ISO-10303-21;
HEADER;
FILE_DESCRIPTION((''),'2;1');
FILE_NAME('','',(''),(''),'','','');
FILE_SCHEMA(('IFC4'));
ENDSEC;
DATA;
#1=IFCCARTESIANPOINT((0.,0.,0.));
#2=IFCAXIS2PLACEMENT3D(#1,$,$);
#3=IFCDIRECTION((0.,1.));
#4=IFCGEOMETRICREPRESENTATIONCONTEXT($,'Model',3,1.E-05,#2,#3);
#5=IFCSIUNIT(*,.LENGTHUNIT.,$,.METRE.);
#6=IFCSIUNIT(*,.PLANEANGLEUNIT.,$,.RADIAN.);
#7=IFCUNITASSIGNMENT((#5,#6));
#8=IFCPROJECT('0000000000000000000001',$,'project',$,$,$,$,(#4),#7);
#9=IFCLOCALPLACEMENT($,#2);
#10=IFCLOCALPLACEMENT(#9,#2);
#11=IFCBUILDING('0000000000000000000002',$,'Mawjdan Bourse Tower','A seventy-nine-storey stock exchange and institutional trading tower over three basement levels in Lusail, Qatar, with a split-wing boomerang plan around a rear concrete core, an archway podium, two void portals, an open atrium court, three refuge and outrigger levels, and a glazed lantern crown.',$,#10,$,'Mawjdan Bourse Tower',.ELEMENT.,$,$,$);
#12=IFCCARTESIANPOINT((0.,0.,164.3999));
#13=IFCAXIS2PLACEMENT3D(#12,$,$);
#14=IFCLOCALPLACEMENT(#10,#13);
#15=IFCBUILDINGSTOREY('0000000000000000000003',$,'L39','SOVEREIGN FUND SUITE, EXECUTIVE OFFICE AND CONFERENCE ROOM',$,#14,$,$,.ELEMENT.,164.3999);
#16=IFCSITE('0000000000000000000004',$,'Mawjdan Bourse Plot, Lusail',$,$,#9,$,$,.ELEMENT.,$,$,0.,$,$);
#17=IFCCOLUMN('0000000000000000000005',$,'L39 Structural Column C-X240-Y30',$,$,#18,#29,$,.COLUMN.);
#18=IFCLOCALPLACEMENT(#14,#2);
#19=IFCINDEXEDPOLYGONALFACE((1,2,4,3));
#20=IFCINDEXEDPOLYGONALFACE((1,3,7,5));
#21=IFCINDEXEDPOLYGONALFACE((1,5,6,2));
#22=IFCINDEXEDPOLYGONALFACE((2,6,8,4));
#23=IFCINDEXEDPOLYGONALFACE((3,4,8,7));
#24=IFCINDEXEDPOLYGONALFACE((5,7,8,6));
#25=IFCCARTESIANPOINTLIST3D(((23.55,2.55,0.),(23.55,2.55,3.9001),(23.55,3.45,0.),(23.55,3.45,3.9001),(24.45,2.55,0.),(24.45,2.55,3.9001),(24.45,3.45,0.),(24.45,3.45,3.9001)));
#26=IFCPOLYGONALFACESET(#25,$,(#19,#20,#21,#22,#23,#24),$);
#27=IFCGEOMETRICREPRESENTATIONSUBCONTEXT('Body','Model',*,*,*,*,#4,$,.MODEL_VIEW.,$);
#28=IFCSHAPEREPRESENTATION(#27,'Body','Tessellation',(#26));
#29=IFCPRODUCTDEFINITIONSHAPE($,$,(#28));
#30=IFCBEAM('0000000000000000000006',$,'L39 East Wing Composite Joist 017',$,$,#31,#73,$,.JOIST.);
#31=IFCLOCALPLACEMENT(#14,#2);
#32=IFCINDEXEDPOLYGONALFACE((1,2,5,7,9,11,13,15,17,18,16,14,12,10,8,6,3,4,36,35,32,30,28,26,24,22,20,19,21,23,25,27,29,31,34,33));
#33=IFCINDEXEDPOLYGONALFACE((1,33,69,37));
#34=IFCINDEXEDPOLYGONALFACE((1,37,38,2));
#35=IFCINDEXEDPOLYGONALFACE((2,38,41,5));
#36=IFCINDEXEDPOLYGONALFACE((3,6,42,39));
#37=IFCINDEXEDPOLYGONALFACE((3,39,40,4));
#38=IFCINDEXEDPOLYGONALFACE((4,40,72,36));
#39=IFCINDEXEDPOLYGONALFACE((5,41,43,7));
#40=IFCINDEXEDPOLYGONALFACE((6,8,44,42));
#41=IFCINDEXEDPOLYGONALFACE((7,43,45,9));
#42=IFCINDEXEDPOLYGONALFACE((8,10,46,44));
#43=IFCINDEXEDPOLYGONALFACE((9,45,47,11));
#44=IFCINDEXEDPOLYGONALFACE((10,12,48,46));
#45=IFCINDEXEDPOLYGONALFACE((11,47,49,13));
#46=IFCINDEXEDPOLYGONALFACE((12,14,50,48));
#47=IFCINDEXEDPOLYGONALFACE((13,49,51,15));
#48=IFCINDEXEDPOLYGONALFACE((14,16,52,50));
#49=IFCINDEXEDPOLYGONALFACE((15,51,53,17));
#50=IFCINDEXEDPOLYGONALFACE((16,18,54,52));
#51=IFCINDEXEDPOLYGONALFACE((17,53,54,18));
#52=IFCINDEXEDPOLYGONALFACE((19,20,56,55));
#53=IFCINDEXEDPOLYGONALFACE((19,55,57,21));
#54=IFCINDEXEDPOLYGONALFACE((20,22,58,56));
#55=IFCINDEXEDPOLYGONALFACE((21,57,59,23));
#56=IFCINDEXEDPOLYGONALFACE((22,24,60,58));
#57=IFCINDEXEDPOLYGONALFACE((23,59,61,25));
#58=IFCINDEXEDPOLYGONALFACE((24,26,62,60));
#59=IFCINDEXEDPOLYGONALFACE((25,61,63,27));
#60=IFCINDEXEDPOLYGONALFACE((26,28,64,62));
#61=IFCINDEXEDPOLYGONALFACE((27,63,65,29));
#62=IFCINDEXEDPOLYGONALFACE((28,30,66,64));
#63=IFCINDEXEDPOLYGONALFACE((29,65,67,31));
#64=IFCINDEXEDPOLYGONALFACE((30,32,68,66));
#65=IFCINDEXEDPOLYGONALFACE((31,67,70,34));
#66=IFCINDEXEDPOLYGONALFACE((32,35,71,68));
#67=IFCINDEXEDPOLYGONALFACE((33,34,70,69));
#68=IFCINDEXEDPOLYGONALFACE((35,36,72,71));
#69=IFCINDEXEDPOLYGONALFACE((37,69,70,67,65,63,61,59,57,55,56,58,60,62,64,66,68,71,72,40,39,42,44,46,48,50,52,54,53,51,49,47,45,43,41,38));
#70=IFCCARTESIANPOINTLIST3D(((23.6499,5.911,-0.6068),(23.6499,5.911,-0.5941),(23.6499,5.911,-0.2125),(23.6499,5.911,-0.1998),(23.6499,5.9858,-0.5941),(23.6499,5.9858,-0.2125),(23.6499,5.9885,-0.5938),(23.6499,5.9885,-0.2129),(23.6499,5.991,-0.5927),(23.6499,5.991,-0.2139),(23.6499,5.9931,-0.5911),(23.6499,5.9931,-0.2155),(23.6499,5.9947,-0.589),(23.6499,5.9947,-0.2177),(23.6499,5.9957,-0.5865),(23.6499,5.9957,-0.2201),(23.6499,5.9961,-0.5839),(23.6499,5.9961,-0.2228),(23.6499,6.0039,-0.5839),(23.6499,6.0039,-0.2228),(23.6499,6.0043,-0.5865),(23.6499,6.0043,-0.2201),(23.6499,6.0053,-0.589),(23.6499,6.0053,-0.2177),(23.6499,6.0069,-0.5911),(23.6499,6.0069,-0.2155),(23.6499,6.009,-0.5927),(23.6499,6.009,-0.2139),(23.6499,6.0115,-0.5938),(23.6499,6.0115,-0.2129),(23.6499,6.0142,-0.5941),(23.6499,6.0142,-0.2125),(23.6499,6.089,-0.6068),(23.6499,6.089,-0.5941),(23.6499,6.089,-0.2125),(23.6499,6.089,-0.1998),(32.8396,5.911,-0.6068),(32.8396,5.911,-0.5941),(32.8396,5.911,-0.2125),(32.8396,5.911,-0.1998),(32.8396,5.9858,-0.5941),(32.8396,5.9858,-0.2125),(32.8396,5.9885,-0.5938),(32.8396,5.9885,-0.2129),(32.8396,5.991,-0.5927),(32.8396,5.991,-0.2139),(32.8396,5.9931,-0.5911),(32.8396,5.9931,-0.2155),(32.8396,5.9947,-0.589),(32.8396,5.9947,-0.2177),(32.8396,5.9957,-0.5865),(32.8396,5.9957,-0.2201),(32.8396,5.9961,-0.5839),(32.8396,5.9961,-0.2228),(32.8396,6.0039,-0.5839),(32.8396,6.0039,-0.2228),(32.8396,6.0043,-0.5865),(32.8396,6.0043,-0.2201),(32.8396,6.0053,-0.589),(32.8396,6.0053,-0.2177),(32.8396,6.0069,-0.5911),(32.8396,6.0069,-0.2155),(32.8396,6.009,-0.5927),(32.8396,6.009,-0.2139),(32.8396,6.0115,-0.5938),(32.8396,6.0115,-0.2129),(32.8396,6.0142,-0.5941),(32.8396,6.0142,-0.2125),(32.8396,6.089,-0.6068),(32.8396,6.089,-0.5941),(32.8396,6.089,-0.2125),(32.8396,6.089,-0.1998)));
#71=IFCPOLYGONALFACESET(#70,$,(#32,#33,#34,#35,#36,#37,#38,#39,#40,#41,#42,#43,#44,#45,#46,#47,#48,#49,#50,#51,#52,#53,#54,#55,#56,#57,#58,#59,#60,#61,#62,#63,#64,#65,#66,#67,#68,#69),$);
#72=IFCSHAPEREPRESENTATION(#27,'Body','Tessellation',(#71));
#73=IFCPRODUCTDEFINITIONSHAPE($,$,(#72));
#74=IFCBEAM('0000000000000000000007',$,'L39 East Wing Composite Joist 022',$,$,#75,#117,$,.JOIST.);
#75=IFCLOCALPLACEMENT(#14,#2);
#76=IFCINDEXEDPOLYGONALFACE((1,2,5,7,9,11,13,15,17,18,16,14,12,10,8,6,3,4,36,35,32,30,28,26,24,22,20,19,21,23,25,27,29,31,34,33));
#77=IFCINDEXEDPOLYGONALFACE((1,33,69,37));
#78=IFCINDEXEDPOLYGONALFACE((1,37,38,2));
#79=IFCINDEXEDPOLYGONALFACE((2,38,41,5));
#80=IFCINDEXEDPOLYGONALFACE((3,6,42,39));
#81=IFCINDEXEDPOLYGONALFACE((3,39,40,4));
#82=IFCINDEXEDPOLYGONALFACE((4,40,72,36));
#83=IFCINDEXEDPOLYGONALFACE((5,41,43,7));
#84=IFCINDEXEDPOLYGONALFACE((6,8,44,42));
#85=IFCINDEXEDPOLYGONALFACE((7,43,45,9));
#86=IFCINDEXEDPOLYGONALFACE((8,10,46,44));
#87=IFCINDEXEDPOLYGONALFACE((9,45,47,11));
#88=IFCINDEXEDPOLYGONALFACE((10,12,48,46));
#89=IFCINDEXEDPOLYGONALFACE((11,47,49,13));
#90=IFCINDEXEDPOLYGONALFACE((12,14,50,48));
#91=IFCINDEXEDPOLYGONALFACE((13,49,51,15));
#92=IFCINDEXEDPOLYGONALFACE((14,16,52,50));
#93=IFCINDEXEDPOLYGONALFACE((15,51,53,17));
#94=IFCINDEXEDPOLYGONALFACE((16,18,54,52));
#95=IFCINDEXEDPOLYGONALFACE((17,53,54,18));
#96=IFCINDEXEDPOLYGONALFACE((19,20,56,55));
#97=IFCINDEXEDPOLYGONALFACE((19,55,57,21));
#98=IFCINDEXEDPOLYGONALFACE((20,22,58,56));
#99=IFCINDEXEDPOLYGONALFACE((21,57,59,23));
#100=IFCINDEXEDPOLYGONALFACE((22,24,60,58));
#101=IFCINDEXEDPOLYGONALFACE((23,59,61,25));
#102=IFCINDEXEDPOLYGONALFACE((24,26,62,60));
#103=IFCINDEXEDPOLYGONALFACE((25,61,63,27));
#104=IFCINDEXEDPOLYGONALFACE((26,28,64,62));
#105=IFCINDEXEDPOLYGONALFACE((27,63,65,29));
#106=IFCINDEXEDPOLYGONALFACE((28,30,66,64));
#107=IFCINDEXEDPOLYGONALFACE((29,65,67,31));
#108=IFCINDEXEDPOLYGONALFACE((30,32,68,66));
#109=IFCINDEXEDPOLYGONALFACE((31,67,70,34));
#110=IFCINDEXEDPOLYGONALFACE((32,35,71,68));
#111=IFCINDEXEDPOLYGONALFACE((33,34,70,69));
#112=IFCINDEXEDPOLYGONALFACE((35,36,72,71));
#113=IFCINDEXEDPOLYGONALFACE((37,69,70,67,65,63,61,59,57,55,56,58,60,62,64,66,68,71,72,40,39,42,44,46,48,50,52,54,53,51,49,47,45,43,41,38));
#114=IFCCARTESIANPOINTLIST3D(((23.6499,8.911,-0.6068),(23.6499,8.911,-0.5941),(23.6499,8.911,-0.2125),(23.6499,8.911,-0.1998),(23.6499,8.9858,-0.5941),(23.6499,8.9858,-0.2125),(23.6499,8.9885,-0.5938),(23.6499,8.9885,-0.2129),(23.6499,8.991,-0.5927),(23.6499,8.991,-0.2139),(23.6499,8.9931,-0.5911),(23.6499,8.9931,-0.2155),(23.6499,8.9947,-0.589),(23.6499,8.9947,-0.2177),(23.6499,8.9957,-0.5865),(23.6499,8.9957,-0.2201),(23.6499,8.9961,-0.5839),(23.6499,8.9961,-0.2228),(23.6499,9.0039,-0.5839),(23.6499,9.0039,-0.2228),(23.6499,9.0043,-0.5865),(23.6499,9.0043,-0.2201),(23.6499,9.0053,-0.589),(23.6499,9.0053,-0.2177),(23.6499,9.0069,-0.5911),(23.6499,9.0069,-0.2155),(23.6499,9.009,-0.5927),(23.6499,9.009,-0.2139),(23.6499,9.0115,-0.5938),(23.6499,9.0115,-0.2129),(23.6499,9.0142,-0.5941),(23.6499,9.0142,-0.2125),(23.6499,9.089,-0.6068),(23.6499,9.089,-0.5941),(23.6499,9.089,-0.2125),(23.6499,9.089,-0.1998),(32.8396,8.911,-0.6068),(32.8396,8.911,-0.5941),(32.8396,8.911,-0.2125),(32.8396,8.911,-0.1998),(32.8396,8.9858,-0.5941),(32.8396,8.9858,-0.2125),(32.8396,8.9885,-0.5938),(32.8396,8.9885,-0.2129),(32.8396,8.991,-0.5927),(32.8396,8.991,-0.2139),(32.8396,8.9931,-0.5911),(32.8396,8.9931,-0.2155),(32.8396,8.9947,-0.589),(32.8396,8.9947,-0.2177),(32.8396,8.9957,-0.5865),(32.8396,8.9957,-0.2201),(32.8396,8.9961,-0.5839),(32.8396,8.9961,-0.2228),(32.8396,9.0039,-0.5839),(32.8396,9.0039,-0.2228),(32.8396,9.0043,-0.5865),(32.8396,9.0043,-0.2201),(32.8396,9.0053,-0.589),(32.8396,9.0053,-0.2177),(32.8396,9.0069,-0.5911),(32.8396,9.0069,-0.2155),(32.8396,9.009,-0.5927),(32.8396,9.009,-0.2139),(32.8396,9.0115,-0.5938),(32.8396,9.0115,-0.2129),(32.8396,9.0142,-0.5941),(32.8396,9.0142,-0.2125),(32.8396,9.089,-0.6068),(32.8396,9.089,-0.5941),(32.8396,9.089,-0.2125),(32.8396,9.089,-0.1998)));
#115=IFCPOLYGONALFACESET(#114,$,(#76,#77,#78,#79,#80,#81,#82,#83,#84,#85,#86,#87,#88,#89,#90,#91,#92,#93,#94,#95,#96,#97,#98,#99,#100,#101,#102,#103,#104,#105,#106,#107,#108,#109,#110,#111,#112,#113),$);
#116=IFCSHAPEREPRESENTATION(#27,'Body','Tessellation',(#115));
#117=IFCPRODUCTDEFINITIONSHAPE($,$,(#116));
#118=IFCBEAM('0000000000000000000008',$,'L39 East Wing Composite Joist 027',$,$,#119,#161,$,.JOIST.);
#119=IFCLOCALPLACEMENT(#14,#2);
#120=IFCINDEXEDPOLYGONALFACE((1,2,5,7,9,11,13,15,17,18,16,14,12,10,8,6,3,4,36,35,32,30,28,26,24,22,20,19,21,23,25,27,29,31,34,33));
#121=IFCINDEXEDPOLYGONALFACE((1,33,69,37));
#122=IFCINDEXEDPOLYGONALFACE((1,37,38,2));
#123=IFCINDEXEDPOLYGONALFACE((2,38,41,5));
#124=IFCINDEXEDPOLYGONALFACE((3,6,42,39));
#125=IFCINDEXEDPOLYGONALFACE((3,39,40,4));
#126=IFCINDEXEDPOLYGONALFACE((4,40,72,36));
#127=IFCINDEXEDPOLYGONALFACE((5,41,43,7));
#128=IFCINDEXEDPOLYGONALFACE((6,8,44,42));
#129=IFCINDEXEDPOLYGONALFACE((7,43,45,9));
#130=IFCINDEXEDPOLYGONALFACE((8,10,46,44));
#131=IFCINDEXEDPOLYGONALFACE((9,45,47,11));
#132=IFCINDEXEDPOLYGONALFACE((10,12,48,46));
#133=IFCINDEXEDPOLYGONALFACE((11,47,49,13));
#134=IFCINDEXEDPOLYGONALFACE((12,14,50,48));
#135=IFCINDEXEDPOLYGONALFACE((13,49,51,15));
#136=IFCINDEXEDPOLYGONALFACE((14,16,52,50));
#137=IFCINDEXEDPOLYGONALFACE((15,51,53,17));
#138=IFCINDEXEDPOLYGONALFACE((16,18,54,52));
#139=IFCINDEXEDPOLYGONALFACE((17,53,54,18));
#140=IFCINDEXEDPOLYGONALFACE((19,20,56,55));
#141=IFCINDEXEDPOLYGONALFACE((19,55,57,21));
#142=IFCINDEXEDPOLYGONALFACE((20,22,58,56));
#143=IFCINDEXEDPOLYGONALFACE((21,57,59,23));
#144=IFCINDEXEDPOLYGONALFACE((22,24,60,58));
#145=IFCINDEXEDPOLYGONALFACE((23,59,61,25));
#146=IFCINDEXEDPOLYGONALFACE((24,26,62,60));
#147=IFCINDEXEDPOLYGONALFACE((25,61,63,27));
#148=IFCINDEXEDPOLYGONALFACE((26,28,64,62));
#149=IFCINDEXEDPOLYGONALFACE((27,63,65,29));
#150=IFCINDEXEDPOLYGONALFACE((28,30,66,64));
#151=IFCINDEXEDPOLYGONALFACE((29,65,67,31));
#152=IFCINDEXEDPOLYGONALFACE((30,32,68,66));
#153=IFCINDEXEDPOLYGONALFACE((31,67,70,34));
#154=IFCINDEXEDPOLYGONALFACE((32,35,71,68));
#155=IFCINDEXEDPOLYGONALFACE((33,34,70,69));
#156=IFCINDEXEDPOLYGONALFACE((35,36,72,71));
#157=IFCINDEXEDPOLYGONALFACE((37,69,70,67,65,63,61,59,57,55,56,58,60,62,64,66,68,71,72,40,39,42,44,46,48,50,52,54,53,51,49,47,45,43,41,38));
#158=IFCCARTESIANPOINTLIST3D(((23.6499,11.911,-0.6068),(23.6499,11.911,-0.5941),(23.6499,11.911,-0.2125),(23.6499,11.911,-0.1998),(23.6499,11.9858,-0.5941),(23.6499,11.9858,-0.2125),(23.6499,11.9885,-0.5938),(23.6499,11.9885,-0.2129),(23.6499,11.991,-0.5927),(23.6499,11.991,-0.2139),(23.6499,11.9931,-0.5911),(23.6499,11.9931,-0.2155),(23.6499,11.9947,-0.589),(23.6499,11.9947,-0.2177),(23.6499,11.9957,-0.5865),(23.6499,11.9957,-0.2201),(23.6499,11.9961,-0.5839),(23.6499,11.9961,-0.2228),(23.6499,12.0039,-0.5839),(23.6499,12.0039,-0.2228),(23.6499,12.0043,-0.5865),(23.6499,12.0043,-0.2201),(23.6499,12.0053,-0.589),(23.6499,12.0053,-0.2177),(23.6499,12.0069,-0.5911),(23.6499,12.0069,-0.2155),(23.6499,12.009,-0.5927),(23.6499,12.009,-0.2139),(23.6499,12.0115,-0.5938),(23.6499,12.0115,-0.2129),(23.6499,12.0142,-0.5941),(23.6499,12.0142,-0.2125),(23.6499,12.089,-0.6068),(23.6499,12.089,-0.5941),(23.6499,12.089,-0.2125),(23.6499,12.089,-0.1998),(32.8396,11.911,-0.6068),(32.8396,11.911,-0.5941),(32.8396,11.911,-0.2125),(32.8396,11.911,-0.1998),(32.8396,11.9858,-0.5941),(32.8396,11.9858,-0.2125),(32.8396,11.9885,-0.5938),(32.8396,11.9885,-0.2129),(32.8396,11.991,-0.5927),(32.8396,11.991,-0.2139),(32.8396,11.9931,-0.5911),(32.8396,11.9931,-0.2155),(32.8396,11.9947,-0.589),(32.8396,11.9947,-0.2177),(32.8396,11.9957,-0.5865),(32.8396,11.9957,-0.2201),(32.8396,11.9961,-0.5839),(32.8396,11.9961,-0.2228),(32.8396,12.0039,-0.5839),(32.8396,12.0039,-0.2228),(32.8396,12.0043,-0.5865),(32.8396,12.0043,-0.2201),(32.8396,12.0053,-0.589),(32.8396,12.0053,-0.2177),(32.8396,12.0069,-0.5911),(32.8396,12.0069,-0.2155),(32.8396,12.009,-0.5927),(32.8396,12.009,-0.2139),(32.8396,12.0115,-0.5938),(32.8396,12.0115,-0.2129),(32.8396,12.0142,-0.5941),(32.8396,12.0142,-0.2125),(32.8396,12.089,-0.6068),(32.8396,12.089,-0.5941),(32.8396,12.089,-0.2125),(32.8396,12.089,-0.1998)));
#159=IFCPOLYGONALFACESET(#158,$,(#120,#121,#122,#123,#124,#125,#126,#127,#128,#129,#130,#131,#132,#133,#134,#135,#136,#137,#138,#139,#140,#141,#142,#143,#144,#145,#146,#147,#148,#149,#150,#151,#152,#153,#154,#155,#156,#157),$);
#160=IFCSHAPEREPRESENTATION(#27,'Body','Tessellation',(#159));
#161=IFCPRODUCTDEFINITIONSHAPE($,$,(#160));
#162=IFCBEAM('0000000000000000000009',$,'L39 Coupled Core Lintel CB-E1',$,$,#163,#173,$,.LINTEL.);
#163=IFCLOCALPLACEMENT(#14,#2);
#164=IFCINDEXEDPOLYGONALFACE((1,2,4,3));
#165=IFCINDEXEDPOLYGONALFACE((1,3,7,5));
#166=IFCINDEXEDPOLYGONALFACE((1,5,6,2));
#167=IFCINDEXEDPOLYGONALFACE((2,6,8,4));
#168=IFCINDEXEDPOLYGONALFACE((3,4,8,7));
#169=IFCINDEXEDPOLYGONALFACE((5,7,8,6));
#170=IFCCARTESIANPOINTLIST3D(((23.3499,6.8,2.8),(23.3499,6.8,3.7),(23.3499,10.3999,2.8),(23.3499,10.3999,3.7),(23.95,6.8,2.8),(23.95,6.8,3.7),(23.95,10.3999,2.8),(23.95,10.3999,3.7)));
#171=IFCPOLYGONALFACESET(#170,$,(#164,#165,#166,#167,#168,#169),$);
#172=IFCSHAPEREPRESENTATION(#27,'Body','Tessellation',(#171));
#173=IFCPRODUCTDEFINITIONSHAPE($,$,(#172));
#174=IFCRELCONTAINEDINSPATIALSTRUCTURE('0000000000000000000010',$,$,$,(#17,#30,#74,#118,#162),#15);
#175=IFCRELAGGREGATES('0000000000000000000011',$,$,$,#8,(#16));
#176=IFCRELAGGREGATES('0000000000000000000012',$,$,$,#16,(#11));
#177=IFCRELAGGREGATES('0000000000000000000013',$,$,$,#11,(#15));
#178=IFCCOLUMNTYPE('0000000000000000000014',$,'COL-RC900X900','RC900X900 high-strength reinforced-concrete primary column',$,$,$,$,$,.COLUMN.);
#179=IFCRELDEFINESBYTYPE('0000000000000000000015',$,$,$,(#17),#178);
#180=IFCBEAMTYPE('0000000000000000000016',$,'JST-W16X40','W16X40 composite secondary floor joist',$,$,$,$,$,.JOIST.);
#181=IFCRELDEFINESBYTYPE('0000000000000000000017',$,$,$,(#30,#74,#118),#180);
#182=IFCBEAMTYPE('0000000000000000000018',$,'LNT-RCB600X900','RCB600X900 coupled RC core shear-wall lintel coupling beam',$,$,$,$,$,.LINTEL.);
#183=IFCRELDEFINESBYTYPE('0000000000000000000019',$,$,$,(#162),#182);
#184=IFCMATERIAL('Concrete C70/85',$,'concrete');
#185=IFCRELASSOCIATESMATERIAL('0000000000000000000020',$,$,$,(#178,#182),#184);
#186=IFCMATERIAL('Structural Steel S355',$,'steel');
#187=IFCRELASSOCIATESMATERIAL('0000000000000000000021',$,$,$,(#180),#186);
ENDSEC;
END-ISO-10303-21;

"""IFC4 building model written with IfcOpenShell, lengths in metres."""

from ifc_helpers import new_model, si_unit, direction, frame, origin, origin_2d, place, context, subcontext, project, spatial, rectangle, i_section, extrude, material, material_profile, profile_set, type_object, element, save


model = new_model("IFC4")

# Units and contexts
model_context = context("Model", 3, precision=1e-05, world=origin(), true_north=direction((0.0, 1.0)))
body_context = subcontext(model_context, "Body", "Model", "MODEL_VIEW")
ifc_project = project(units=[si_unit("LENGTHUNIT", "METRE"), si_unit("PLANEANGLEUNIT", "RADIAN")], contexts=[model_context])

# Site, building, storey
site_placement = place(None, origin())
site = spatial("IfcSite", under=ifc_project, at=site_placement, Name="Mawjdan Bourse Plot, Lusail", CompositionType="ELEMENT", RefElevation=0.0)
building_placement = place(site_placement, origin())
building = spatial("IfcBuilding", under=site, at=building_placement, Name="Mawjdan Bourse Tower", Description="A seventy-nine-storey stock exchange and institutional trading tower over three basement levels in Lusail, Qatar, with a split-wing boomerang plan around a rear concrete core, an archway podium, two void portals, an open atrium court, three refuge and outrigger levels, and a glazed lantern crown.", LongName="Mawjdan Bourse Tower", CompositionType="ELEMENT")
storey_placement = place(building_placement, frame((0.0, 0.0, 164.3999)))
storey = spatial("IfcBuildingStorey", under=building, at=storey_placement, Name="L39", Description="SOVEREIGN FUND SUITE, EXECUTIVE OFFICE AND CONFERENCE ROOM", CompositionType="ELEMENT", Elevation=164.3999)

# Column
ifc_material_1 = material(Name="Concrete C70/85", Category="concrete")
ifc_material_profile_1 = material_profile(ifc_material_1, rectangle(XDim=0.8999, YDim=0.8999, at=origin_2d()), Name="RC900X900")
ifc_profile_set_1 = profile_set([ifc_material_profile_1], Name="Concrete C70/85")
column_type = type_object("IfcColumnType", Name="COL-RC900X900", Description="RC900X900 high-strength reinforced-concrete primary column", PredefinedType="COLUMN", material=ifc_profile_set_1)
column_placement = place(storey_placement, frame((24.0, 3.0, 0.0), z_axis=(0.0, 0.0, 1.0), x_axis=(1.0, 0.0, 0.0)))
element("IfcColumn", 1, at=column_placement, inside=storey, type_object=column_type, Name="L39 Structural Column C-X240-Y30", PredefinedType="COLUMN", context=body_context, shape_type="SweptSolid", body=[
    extrude(rectangle(XDim=0.8999, YDim=0.8999, at=origin_2d()), origin(), (0.0, 0.0, 1.0), 3.9001),
])

# Beams
ifc_material_2 = material(Name="Structural Steel S355", Category="steel")
ifc_material_profile_2 = material_profile(ifc_material_2, i_section(OverallWidth=0.178, OverallDepth=0.407, WebThickness=0.0078, FlangeThickness=0.0127, FilletRadius=0.0103, at=origin_2d()), Name="W16X40")
ifc_profile_set_2 = profile_set([ifc_material_profile_2], Name="Structural Steel S355")
beam_type_1 = type_object("IfcBeamType", Name="JST-W16X40", Description="W16X40 composite secondary floor joist", PredefinedType="JOIST", material=ifc_profile_set_2)
for number, where, z_axis, x_axis, name in (
    (2, (23.6499, 6.0, -0.4033), (1.0, 0.0, 0.0), (0.0, 1.0, 0.0), "L39 East Wing Composite Joist 017"),
    (3, (23.6499, 9.0, -0.4033), (1.0, 0.0, 0.0), (0.0, 1.0, 0.0), "L39 East Wing Composite Joist 022"),
    (4, (23.6499, 12.0, -0.4033), (1.0, 0.0, 0.0), (0.0, 1.0, 0.0), "L39 East Wing Composite Joist 027"),
):
    element("IfcBeam", number, at=place(storey_placement, frame(where, z_axis=z_axis, x_axis=x_axis)), inside=storey, type_object=beam_type_1, Name=name, PredefinedType="JOIST", context=body_context, shape_type="SweptSolid", body=[
        extrude(i_section(OverallWidth=0.178, OverallDepth=0.407, WebThickness=0.0078, FlangeThickness=0.0127, FilletRadius=0.0103, at=origin_2d()), origin(), (0.0, 0.0, 1.0), 9.1897),
    ])
ifc_material_profile_3 = material_profile(ifc_material_1, rectangle(XDim=0.6001, YDim=0.8999, at=origin_2d()), Name="RCB600X900")
ifc_profile_set_3 = profile_set([ifc_material_profile_3], Name="Concrete C70/85")
beam_type_2 = type_object("IfcBeamType", Name="LNT-RCB600X900", Description="RCB600X900 coupled RC core shear-wall lintel coupling beam", PredefinedType="LINTEL", material=ifc_profile_set_3)
beam_placement = place(storey_placement, frame((23.6499, 6.8, 3.25), z_axis=(0.0, 1.0, 0.0), x_axis=(-1.0, 0.0, 0.0)))
element("IfcBeam", 5, at=beam_placement, inside=storey, type_object=beam_type_2, Name="L39 Coupled Core Lintel CB-E1", PredefinedType="LINTEL", context=body_context, shape_type="SweptSolid", body=[
    extrude(rectangle(XDim=0.6001, YDim=0.8999, at=origin_2d()), origin(), (0.0, 0.0, 1.0), 3.5999),
])

save(model, "model.ifc")
